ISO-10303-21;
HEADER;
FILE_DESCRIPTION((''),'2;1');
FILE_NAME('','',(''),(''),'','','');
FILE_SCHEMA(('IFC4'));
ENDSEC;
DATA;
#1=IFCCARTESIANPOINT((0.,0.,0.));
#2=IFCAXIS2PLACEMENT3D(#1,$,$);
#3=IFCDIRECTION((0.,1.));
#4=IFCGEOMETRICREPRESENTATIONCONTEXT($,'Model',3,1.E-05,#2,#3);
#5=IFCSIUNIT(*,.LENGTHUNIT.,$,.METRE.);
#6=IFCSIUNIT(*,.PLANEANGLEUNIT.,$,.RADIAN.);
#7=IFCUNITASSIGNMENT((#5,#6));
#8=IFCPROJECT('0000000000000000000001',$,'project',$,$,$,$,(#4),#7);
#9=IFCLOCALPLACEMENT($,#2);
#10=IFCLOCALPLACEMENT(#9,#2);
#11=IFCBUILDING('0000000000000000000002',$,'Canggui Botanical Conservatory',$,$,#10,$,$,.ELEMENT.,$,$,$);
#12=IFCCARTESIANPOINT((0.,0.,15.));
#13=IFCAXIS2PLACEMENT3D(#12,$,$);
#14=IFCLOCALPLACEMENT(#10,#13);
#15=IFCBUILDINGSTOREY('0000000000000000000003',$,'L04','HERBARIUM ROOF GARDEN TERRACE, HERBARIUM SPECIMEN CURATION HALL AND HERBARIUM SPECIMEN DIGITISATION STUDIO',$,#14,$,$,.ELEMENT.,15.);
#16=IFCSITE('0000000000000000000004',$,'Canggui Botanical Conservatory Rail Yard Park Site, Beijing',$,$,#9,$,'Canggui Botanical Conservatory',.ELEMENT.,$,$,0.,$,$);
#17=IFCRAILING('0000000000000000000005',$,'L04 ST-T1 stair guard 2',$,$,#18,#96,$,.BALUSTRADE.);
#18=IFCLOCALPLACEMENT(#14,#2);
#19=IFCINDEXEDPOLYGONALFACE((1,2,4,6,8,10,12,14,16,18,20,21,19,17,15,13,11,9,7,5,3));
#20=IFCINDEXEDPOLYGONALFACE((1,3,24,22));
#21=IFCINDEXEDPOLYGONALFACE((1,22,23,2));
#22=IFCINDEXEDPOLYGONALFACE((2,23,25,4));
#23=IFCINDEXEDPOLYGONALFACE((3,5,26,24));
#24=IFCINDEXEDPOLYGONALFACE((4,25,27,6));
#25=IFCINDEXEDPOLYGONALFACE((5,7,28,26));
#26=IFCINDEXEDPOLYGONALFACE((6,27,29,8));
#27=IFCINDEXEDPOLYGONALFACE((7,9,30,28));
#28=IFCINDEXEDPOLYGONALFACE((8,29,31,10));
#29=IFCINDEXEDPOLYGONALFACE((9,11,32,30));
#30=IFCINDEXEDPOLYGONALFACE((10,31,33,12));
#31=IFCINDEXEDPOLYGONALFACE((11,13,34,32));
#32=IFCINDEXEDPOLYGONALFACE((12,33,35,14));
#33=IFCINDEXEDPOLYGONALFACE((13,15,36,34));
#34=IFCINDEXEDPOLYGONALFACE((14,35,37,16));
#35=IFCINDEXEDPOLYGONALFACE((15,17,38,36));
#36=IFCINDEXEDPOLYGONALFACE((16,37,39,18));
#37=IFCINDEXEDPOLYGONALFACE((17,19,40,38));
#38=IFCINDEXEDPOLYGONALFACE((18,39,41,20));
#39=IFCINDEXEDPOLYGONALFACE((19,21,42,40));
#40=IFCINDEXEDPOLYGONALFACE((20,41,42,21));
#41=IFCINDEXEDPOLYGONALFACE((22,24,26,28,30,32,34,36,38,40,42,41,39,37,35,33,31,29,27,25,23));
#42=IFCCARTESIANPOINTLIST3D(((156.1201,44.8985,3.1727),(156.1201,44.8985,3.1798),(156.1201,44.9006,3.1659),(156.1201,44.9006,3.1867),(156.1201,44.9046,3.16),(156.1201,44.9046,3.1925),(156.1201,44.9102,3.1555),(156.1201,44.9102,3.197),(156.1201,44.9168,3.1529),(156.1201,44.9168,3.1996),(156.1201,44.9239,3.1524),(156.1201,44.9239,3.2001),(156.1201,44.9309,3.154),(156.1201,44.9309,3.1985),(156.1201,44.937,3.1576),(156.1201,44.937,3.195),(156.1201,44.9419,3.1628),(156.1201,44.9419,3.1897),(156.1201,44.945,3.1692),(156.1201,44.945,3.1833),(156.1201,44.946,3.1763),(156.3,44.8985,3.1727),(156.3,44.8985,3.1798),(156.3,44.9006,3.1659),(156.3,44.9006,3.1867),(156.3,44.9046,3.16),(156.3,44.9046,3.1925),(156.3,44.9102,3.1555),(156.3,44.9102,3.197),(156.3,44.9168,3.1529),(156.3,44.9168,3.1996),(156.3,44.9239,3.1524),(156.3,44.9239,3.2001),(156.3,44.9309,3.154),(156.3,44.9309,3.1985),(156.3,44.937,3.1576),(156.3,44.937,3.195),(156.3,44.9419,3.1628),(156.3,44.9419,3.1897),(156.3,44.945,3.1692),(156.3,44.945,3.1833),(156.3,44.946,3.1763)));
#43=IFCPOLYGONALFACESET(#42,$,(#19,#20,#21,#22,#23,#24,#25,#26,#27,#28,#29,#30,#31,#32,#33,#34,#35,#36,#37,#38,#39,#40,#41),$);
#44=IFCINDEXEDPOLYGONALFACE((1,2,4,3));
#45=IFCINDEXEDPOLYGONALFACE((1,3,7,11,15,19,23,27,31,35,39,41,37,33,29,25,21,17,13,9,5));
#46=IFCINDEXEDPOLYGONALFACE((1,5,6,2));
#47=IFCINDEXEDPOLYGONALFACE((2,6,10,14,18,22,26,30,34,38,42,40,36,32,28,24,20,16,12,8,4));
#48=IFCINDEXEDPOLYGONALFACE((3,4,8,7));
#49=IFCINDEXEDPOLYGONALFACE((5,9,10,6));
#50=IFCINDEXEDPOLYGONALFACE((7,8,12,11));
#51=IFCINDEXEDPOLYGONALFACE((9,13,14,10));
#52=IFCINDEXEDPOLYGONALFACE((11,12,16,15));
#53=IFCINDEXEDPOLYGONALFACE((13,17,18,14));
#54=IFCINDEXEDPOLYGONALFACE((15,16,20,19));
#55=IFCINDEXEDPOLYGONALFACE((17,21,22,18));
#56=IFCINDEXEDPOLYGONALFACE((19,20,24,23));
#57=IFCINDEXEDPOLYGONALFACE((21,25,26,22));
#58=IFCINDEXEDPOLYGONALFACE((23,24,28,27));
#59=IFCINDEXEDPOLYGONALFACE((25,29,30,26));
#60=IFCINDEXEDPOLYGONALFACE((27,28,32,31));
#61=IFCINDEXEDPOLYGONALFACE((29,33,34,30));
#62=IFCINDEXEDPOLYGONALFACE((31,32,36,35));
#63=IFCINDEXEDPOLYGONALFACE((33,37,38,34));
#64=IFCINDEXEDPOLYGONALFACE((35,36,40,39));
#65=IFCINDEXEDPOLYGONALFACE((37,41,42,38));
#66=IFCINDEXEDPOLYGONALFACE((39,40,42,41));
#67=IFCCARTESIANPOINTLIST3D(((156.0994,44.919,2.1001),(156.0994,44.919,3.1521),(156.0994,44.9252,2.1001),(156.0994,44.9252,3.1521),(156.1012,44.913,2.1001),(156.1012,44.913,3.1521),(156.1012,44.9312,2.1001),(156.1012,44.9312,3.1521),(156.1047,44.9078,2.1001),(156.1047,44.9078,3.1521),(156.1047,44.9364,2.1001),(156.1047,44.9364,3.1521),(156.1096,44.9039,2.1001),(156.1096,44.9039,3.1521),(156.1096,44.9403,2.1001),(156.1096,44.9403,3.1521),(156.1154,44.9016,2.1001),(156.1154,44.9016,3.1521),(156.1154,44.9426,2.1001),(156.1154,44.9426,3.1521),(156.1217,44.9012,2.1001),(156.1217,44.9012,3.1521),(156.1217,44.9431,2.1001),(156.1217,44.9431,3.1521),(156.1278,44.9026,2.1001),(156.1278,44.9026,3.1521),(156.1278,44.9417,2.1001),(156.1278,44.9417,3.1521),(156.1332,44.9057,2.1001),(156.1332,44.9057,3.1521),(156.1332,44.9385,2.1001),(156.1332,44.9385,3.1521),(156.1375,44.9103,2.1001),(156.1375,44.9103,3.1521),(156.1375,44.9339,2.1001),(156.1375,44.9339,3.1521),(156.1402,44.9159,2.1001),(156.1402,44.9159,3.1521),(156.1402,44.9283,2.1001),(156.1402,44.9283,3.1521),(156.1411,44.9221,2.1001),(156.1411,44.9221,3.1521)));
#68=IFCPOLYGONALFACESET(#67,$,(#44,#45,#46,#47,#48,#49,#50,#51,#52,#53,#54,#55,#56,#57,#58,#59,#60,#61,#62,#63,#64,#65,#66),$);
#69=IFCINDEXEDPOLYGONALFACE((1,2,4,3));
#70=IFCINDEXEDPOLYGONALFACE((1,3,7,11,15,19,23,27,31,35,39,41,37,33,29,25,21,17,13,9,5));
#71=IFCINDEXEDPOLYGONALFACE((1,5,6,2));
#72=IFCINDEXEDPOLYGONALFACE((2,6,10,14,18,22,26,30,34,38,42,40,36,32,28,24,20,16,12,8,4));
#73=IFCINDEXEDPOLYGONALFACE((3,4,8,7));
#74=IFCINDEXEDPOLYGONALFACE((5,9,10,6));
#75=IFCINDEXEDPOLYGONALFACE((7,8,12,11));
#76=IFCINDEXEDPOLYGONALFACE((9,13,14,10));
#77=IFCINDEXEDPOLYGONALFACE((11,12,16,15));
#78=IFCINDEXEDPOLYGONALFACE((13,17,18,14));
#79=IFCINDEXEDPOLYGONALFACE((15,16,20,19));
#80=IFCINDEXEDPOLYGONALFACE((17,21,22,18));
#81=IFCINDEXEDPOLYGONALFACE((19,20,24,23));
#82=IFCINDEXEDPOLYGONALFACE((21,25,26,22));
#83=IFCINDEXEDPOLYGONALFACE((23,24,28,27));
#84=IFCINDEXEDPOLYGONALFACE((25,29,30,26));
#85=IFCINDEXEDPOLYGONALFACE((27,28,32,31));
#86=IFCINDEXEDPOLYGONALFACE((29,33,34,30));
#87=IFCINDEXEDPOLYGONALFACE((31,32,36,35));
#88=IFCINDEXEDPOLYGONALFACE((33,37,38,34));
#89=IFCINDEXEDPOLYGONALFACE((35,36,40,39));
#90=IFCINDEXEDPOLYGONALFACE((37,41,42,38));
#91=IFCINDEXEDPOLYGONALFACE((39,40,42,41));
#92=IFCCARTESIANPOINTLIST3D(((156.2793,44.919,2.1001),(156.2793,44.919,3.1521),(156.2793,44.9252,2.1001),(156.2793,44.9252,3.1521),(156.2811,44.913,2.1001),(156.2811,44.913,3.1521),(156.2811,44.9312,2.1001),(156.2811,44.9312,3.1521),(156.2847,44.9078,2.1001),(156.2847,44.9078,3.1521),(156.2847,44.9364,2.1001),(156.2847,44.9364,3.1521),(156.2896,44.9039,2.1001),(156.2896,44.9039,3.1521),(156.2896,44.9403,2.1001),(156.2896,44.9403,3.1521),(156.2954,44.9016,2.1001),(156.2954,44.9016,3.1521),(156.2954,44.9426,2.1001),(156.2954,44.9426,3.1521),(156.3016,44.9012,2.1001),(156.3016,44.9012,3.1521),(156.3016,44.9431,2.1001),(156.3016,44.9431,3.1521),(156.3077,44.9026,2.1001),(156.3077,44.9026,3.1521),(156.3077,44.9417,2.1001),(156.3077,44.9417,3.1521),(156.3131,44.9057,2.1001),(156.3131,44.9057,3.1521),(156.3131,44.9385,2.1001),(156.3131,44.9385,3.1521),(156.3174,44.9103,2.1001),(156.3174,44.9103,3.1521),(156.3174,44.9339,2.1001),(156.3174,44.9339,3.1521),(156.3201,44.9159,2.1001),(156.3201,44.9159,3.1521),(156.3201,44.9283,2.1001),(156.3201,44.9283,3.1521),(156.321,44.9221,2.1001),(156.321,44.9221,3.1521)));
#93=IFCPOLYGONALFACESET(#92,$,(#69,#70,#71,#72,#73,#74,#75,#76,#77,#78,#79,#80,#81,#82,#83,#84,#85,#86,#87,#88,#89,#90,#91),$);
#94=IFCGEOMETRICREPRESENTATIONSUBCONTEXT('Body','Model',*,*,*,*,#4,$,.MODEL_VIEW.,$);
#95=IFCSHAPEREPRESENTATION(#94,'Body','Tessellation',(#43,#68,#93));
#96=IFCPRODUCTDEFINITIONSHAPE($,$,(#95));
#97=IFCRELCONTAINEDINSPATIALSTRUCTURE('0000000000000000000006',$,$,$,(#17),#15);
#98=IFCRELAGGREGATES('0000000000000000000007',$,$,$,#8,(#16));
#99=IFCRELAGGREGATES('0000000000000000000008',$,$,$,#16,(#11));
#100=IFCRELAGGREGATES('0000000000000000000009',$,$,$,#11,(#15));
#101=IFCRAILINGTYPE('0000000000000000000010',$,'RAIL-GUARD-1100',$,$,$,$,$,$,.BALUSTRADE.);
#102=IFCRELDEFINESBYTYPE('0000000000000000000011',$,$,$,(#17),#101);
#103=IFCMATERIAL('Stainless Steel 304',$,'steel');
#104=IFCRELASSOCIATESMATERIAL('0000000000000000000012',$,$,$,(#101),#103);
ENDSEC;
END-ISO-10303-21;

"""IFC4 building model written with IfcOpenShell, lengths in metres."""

from ifc_helpers import new_model, si_unit, direction, frame, origin, origin_2d, place, context, subcontext, project, spatial, circle, extrude, material, type_object, element, save


model = new_model("IFC4")

# Units and contexts
model_context = context("Model", 3, precision=1e-05, world=origin(), true_north=direction((0.0, 1.0)))
body_context = subcontext(model_context, "Body", "Model", "MODEL_VIEW")
ifc_project = project(units=[si_unit("LENGTHUNIT", "METRE"), si_unit("PLANEANGLEUNIT", "RADIAN")], contexts=[model_context])

# Site, building, storey
site_placement = place(None, origin())
site = spatial("IfcSite", under=ifc_project, at=site_placement, Name="Canggui Botanical Conservatory Rail Yard Park Site, Beijing", LongName="Canggui Botanical Conservatory", CompositionType="ELEMENT", RefElevation=0.0)
building_placement = place(site_placement, origin())
building = spatial("IfcBuilding", under=site, at=building_placement, Name="Canggui Botanical Conservatory", CompositionType="ELEMENT")
storey_placement = place(building_placement, frame((0.0, 0.0, 15.0)))
storey = spatial("IfcBuildingStorey", under=building, at=storey_placement, Name="L04", Description="HERBARIUM ROOF GARDEN TERRACE, HERBARIUM SPECIMEN CURATION HALL AND HERBARIUM SPECIMEN DIGITISATION STUDIO", CompositionType="ELEMENT", Elevation=15.0)

# Shared definitions
ifc_material_1 = material(Name="Stainless Steel 304", Category="steel")

# Railing
railing_type = type_object("IfcRailingType", Name="RAIL-GUARD-1100", PredefinedType="BALUSTRADE", material=ifc_material_1)
railing_1_placement = place(storey_placement, frame((156.1201, 44.9221, 2.1001)))
element("IfcRailing", 1, at=railing_1_placement, inside=storey, type_object=railing_type, Name="L04 ST-T1 stair guard 2", PredefinedType="BALUSTRADE", context=body_context, shape_type="SweptSolid", body=[
    extrude(circle(Radius=0.0239, at=origin_2d()), frame((0.0, 0.0, 1.0762), z_axis=(1.0, 0.0, 0.0), x_axis=(0.0, 1.0, 0.0)), (0.0, 0.0, 1.0), 0.1799),
    extrude(circle(Radius=0.021, at=origin_2d()), origin(), (0.0, 0.0, 1.0), 1.052),
    extrude(circle(Radius=0.021, at=origin_2d()), frame((0.1799, 0.0, 0.0)), (0.0, 0.0, 1.0), 1.052),
])

save(model, "model.ifc")
